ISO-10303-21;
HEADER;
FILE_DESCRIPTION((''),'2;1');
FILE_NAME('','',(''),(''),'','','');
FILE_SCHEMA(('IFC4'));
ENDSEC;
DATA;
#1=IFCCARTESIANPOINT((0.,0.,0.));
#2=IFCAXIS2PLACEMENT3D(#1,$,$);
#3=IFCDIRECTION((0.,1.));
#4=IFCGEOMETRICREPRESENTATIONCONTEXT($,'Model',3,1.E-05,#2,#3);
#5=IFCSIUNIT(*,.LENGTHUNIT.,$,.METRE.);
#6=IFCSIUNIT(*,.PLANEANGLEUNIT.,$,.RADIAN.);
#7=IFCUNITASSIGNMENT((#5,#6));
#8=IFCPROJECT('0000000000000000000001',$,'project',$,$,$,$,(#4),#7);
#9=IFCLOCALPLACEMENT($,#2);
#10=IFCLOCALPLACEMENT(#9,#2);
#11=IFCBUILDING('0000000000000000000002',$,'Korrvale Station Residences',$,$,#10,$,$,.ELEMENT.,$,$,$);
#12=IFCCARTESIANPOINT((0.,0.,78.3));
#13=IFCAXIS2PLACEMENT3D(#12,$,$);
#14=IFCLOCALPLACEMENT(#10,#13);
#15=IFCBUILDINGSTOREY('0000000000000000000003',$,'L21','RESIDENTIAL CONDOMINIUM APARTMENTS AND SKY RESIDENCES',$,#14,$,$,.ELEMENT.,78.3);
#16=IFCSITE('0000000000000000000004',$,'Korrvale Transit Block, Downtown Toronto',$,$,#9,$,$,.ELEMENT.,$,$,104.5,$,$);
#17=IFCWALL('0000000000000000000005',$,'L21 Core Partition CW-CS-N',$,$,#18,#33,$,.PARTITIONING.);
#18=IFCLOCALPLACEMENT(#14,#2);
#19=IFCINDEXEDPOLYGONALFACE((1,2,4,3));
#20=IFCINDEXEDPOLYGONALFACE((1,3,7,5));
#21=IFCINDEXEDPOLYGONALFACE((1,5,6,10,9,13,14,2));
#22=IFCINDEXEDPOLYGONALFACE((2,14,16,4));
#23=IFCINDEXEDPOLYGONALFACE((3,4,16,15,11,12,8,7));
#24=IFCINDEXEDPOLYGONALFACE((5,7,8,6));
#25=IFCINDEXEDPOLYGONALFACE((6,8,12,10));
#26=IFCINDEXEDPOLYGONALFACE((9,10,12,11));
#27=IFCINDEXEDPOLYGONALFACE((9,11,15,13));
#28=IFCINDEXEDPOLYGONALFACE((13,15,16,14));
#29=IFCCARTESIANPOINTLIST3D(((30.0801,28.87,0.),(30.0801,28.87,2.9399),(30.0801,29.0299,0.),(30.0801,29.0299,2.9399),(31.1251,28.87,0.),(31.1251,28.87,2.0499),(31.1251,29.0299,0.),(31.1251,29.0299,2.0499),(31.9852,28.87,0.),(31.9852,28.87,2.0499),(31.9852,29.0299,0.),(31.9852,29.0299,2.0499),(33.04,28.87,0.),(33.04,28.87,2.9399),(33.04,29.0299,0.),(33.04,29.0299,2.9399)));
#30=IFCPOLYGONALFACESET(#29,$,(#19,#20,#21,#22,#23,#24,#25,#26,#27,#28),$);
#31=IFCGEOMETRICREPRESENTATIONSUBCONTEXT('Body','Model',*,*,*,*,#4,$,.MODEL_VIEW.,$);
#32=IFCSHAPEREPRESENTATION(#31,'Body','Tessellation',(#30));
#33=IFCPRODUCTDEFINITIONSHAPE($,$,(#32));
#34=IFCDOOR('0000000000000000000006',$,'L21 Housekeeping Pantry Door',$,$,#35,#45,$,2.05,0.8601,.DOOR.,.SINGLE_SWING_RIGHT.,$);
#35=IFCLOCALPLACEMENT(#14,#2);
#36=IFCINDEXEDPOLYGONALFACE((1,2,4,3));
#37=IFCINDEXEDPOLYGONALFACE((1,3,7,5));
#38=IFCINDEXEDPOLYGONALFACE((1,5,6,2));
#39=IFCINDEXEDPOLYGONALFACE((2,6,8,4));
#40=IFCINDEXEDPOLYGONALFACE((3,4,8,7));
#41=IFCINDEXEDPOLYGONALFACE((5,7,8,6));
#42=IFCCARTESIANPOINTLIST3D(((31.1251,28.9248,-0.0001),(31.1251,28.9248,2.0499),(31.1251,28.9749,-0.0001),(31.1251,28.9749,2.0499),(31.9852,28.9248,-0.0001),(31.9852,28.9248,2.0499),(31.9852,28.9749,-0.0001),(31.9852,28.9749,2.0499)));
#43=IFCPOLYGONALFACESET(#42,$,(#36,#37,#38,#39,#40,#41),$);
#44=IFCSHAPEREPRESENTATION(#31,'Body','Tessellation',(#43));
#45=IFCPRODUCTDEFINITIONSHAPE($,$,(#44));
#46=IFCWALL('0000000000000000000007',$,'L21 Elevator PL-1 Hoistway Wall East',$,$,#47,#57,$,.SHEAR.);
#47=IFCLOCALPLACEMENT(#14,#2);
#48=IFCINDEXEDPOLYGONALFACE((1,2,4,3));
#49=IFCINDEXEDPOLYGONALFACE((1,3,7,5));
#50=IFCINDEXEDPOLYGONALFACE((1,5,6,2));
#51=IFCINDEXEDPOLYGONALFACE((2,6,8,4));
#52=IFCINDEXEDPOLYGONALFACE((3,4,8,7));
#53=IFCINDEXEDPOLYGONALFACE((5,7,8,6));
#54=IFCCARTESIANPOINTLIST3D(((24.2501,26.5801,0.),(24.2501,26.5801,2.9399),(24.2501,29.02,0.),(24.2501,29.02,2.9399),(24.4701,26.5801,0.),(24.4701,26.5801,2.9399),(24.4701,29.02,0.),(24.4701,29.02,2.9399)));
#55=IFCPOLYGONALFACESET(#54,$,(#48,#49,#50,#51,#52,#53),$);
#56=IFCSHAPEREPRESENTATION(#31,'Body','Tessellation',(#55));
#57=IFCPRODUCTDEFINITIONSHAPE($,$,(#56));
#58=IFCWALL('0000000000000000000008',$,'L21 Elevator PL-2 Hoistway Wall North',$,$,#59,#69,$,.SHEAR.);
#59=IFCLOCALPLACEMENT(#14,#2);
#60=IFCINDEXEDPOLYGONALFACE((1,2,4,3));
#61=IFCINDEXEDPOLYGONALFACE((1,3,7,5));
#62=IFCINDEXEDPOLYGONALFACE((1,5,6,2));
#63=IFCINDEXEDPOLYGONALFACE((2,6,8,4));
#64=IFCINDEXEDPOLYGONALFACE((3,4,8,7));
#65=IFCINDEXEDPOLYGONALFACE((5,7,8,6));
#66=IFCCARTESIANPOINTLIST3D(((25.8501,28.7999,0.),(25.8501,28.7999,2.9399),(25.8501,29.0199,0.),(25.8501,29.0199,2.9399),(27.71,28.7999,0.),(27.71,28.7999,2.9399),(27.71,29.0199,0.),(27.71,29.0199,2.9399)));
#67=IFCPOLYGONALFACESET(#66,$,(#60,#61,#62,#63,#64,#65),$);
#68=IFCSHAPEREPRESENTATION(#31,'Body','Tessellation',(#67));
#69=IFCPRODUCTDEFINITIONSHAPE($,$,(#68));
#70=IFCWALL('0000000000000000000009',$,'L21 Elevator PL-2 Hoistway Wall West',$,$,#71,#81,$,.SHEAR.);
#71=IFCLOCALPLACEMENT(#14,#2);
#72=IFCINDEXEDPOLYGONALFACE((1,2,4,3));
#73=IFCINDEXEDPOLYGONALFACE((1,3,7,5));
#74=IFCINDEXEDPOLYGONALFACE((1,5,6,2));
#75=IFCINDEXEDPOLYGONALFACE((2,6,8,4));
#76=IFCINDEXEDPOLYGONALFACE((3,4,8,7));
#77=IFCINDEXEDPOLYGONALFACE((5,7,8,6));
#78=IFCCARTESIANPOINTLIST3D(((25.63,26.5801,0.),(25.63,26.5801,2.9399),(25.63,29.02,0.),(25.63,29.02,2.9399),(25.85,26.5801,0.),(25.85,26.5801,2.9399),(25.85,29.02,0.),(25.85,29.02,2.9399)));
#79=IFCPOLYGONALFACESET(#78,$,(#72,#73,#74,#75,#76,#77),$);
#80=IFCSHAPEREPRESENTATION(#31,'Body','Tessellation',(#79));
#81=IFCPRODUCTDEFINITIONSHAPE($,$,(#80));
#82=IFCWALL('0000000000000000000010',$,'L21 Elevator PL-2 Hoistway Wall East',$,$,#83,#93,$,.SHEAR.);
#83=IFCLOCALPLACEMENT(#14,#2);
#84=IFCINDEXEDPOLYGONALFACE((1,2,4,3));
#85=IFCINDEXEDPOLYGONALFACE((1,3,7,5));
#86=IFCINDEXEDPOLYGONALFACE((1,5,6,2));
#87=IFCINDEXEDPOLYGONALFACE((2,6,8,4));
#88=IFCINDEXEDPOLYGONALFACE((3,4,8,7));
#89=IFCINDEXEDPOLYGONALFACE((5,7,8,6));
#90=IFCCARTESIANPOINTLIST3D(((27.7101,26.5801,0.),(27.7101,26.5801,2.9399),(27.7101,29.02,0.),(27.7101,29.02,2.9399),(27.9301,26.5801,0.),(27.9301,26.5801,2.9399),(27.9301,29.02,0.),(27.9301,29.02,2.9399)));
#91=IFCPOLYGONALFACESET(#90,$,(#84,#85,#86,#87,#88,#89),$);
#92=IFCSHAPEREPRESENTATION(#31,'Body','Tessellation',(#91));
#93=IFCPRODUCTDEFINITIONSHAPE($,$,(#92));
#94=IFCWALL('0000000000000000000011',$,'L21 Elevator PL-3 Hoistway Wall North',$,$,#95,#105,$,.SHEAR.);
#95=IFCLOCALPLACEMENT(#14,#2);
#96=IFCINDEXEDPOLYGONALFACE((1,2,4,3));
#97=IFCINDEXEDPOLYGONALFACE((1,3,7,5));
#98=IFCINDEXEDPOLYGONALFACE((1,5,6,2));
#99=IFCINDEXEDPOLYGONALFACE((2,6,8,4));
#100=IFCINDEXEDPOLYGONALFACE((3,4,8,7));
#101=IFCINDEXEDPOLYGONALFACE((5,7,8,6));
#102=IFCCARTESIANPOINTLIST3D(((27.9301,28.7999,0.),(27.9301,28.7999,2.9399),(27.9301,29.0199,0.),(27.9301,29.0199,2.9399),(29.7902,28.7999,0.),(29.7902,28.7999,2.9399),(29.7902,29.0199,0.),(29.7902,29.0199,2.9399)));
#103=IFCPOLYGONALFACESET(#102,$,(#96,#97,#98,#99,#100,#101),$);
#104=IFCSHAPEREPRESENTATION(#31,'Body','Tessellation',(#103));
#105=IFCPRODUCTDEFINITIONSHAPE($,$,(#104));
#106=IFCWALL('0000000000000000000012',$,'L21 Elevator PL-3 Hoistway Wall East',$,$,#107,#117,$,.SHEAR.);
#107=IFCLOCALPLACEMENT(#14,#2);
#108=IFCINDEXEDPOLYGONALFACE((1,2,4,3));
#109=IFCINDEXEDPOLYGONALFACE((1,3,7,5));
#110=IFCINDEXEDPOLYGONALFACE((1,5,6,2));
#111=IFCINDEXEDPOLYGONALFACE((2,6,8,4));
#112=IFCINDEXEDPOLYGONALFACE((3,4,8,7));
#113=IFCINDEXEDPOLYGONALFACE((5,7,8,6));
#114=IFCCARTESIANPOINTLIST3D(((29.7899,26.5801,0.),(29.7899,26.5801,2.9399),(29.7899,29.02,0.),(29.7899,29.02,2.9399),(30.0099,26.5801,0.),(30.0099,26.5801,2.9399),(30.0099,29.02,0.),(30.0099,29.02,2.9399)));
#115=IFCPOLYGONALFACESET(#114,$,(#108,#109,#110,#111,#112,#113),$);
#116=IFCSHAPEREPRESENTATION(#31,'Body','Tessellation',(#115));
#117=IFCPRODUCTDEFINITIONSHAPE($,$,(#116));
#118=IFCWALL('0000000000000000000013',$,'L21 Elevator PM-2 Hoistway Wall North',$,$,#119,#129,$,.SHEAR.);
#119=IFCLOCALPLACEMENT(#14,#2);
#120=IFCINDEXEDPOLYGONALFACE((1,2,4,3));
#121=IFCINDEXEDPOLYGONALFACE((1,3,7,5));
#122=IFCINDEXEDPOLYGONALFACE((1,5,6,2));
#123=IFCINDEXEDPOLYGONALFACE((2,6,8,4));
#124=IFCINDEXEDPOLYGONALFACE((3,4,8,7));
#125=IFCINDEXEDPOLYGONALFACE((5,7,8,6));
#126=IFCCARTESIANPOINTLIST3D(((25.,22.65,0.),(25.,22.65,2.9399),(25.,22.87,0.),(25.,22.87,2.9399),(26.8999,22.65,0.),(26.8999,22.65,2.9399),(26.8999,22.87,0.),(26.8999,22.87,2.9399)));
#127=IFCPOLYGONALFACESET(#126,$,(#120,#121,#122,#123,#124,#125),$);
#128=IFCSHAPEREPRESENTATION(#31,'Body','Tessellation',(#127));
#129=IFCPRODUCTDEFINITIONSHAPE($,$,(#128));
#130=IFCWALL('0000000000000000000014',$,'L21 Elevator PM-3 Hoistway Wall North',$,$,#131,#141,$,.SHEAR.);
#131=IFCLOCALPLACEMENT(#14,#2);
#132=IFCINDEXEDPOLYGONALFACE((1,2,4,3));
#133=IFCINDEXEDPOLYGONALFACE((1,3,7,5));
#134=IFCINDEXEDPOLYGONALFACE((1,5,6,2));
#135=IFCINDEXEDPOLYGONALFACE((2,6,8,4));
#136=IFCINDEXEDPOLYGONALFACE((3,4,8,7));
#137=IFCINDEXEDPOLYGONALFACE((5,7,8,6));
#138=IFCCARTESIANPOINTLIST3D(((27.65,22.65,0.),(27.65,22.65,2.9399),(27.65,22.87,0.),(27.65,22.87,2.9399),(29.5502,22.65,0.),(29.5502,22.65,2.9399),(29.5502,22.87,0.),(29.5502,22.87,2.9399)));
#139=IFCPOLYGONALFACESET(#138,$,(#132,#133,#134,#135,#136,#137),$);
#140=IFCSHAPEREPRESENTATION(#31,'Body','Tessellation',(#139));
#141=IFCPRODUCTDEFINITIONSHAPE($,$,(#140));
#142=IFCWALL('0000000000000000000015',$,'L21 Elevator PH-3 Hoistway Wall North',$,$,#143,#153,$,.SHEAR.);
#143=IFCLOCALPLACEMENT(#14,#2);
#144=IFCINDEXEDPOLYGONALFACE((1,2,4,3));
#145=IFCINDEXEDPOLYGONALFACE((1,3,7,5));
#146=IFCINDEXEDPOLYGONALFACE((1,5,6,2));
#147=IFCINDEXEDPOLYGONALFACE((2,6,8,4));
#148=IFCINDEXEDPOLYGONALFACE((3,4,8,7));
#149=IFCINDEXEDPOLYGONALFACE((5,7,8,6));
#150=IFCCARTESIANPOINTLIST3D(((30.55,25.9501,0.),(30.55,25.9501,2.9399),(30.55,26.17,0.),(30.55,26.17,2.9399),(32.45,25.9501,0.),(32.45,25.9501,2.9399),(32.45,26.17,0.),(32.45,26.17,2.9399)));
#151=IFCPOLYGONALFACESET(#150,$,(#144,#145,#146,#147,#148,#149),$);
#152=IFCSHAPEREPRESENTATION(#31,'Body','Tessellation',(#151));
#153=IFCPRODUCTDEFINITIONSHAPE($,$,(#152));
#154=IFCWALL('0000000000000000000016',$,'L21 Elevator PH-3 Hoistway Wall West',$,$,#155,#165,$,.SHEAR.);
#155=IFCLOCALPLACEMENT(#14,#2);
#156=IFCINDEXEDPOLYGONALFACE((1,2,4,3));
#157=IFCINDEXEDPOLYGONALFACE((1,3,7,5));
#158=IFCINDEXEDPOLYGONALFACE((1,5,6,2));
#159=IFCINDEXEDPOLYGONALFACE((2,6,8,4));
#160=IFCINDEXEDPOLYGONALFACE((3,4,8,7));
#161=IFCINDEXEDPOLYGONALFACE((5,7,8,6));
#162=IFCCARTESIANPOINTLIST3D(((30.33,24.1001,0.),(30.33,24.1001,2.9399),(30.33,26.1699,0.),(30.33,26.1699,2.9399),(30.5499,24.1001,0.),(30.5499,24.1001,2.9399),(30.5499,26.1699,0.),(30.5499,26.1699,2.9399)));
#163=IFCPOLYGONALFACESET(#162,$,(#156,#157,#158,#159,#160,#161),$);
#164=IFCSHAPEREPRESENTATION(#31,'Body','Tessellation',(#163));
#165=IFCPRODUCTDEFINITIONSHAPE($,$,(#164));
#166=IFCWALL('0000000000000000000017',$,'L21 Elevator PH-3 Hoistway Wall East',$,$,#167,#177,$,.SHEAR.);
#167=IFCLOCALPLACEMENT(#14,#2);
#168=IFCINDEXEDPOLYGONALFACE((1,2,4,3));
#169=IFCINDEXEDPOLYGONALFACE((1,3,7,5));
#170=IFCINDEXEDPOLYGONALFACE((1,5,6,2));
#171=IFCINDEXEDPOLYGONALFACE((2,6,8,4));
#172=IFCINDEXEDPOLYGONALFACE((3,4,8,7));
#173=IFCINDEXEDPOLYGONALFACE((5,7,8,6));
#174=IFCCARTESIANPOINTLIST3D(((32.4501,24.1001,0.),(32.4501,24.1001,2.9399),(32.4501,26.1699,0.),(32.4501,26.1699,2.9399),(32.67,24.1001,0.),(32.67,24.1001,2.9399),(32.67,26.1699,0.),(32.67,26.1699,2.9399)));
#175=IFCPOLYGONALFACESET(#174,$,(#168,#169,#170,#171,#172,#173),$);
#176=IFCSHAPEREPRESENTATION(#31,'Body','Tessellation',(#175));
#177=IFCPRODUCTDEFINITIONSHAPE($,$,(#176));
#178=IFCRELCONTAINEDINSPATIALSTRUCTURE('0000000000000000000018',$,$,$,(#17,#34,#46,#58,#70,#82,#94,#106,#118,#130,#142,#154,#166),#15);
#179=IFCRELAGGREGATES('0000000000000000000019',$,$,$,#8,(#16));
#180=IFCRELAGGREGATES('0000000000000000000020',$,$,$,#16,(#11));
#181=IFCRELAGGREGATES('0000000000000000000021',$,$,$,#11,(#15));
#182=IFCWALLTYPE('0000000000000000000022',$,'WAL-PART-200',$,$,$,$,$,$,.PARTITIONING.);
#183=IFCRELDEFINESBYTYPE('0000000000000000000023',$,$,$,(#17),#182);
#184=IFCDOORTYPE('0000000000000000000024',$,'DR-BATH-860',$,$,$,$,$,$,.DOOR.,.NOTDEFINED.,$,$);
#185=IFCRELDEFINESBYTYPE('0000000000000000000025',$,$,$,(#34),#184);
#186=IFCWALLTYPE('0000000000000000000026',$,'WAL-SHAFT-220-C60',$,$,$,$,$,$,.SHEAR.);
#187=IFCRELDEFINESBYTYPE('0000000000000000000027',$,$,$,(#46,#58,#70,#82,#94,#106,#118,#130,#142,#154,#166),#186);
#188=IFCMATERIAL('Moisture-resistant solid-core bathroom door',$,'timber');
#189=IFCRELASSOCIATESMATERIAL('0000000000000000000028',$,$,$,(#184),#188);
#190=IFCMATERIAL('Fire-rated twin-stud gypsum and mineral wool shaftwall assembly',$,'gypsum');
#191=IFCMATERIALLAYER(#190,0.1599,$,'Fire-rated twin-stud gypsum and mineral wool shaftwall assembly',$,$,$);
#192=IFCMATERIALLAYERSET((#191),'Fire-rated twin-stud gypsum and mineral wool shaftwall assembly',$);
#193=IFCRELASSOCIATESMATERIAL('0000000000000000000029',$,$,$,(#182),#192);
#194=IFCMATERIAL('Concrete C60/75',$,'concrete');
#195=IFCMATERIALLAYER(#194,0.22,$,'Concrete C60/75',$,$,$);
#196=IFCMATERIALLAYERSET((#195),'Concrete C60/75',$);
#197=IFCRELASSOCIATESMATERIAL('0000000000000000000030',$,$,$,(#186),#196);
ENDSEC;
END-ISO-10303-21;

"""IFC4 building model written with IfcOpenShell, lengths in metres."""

from ifc_helpers import new_model, si_unit, direction, frame, frame_2d, origin, place, context, subcontext, project, spatial, rectangle, extrude, material, layer, layer_set, type_object, element, fill, save


model = new_model("IFC4")

# Units and contexts
model_context = context("Model", 3, precision=1e-05, world=origin(), true_north=direction((0.0, 1.0)))
body_context = subcontext(model_context, "Body", "Model", "MODEL_VIEW")
ifc_project = project(units=[si_unit("LENGTHUNIT", "METRE"), si_unit("PLANEANGLEUNIT", "RADIAN")], contexts=[model_context])

# Site, building, storey
site_placement = place(None, origin())
site = spatial("IfcSite", under=ifc_project, at=site_placement, Name="Korrvale Transit Block, Downtown Toronto", CompositionType="ELEMENT", RefElevation=104.5)
building_placement = place(site_placement, origin())
building = spatial("IfcBuilding", under=site, at=building_placement, Name="Korrvale Station Residences", CompositionType="ELEMENT")
storey_placement = place(building_placement, frame((0.0, 0.0, 78.3)))
storey = spatial("IfcBuildingStorey", under=building, at=storey_placement, Name="L21", Description="RESIDENTIAL CONDOMINIUM APARTMENTS AND SKY RESIDENCES", CompositionType="ELEMENT", Elevation=78.3)

# Shared definitions
ifc_material_1 = material(Name="Concrete C60/75", Category="concrete")

# Wall, opening, door
ifc_material_2 = material(Name="Moisture-resistant solid-core bathroom door", Category="timber")
door_type_1 = type_object("IfcDoorType", Name="DR-BATH-860", OperationType="NOTDEFINED", PredefinedType="DOOR", material=ifc_material_2)
ifc_material_3 = material(Name="Fire-rated twin-stud gypsum and mineral wool shaftwall assembly", Category="gypsum")
ifc_layer_1 = layer(ifc_material_3, 0.1599, Name="Fire-rated twin-stud gypsum and mineral wool shaftwall assembly")
ifc_layer_set_1 = layer_set([ifc_layer_1], Name="Fire-rated twin-stud gypsum and mineral wool shaftwall assembly")
wall_type_1 = type_object("IfcWallType", Name="WAL-PART-200", PredefinedType="PARTITIONING", material=ifc_layer_set_1)
wall_1_placement = place(storey_placement, frame((30.0801, 28.95, 0.0), z_axis=(0.0, 0.0, 1.0), x_axis=(1.0, 0.0, 0.0)))
wall_1 = element("IfcWall", 1, at=wall_1_placement, inside=storey, type_object=wall_type_1, Name="L21 Core Partition CW-CS-N", PredefinedType="PARTITIONING", context=body_context, shape_type="SweptSolid", body=[
    extrude(rectangle(XDim=2.96, YDim=0.1599, at=frame_2d((1.48, 0.0))), origin(), (0.0, 0.0, 1.0), 2.9399),
])
opening_1_placement = place(wall_1_placement, frame((1.0449, 0.0, 0.0)))
opening_1 = element("IfcOpeningElement", 2, at=opening_1_placement, cuts=wall_1, PredefinedType="OPENING", context=body_context, shape_type="SweptSolid", body=[
    extrude(rectangle(XDim=0.8601, YDim=2.05, at=frame_2d((0.4302, 1.0249))), frame((0.0, 0.0898, 0.0), z_axis=(0.0, -1.0, 0.0), x_axis=(1.0, 0.0, 0.0)), (0.0, 0.0, 1.0), 0.1799),
])
door_1_placement = place(opening_1_placement, origin())
door_1 = element("IfcDoor", 3, at=door_1_placement, inside=storey, type_object=door_type_1, Name="L21 Housekeeping Pantry Door", OperationType="SINGLE_SWING_RIGHT", OverallHeight=2.05, OverallWidth=0.8601, PredefinedType="DOOR", context=body_context, shape_type="SweptSolid", body=[
    extrude(rectangle(XDim=0.8601, YDim=2.05, at=frame_2d((0.4302, 1.0249))), frame((0.0, 0.0249, 0.0), z_axis=(0.0, -1.0, 0.0), x_axis=(1.0, 0.0, 0.0)), (0.0, 0.0, 1.0), 0.05),
])
fill(opening_1, door_1)

# Wall
ifc_layer_2 = layer(ifc_material_1, 0.22, Name="Concrete C60/75")
ifc_layer_set_2 = layer_set([ifc_layer_2], Name="Concrete C60/75")
wall_type_2 = type_object("IfcWallType", Name="WAL-SHAFT-220-C60", PredefinedType="SHEAR", material=ifc_layer_set_2)
wall_2_placement = place(storey_placement, frame((24.3601, 26.5801, 0.0), z_axis=(0.0, 0.0, 1.0), x_axis=(0.0, 1.0, 0.0)))
element("IfcWall", 4, at=wall_2_placement, inside=storey, type_object=wall_type_2, Name="L21 Elevator PL-1 Hoistway Wall East", PredefinedType="SHEAR", context=body_context, shape_type="SweptSolid", body=[
    extrude(rectangle(XDim=2.4399, YDim=0.22, at=frame_2d((1.22, 0.0))), origin(), (0.0, 0.0, 1.0), 2.9399),
])

# Walls
wall_3_placement = place(storey_placement, frame((25.8501, 28.9099, 0.0), z_axis=(0.0, 0.0, 1.0), x_axis=(1.0, 0.0, 0.0)))
element("IfcWall", 5, at=wall_3_placement, inside=storey, type_object=wall_type_2, Name="L21 Elevator PL-2 Hoistway Wall North", PredefinedType="SHEAR", context=body_context, shape_type="SweptSolid", body=[
    extrude(rectangle(XDim=1.8599, YDim=0.22, at=frame_2d((0.9299, 0.0))), origin(), (0.0, 0.0, 1.0), 2.9399),
])
for number, where, z_axis, x_axis, name in (
    (6, (25.74, 26.5801, 0.0), (0.0, 0.0, 1.0), (0.0, 1.0, 0.0), "L21 Elevator PL-2 Hoistway Wall West"),
    (7, (27.8201, 26.5801, 0.0), (0.0, 0.0, 1.0), (0.0, 1.0, 0.0), "L21 Elevator PL-2 Hoistway Wall East"),
):
    element("IfcWall", number, at=place(storey_placement, frame(where, z_axis=z_axis, x_axis=x_axis)), inside=storey, type_object=wall_type_2, Name=name, PredefinedType="SHEAR", context=body_context, shape_type="SweptSolid", body=[
        extrude(rectangle(XDim=2.4399, YDim=0.22, at=frame_2d((1.22, 0.0))), origin(), (0.0, 0.0, 1.0), 2.9399),
    ])

# Walls
wall_4_placement = place(storey_placement, frame((27.9299, 28.9099, 0.0), z_axis=(0.0, 0.0, 1.0), x_axis=(1.0, 0.0, 0.0)))
element("IfcWall", 8, at=wall_4_placement, inside=storey, type_object=wall_type_2, Name="L21 Elevator PL-3 Hoistway Wall North", PredefinedType="SHEAR", context=body_context, shape_type="SweptSolid", body=[
    extrude(rectangle(XDim=1.8601, YDim=0.22, at=frame_2d((0.9302, 0.0))), origin(), (0.0, 0.0, 1.0), 2.9399),
])
wall_5_placement = place(storey_placement, frame((29.8999, 26.5801, 0.0), z_axis=(0.0, 0.0, 1.0), x_axis=(0.0, 1.0, 0.0)))
element("IfcWall", 9, at=wall_5_placement, inside=storey, type_object=wall_type_2, Name="L21 Elevator PL-3 Hoistway Wall East", PredefinedType="SHEAR", context=body_context, shape_type="SweptSolid", body=[
    extrude(rectangle(XDim=2.4399, YDim=0.22, at=frame_2d((1.22, 0.0))), origin(), (0.0, 0.0, 1.0), 2.9399),
])
wall_6_placement = place(storey_placement, frame((25.0, 22.76, 0.0), z_axis=(0.0, 0.0, 1.0), x_axis=(1.0, 0.0, 0.0)))
element("IfcWall", 10, at=wall_6_placement, inside=storey, type_object=wall_type_2, Name="L21 Elevator PM-2 Hoistway Wall North", PredefinedType="SHEAR", context=body_context, shape_type="SweptSolid", body=[
    extrude(rectangle(XDim=1.8999, YDim=0.22, at=frame_2d((0.95, 0.0))), origin(), (0.0, 0.0, 1.0), 2.9399),
])
wall_7_placement = place(storey_placement, frame((27.6499, 22.76, 0.0), z_axis=(0.0, 0.0, 1.0), x_axis=(1.0, 0.0, 0.0)))
element("IfcWall", 11, at=wall_7_placement, inside=storey, type_object=wall_type_2, Name="L21 Elevator PM-3 Hoistway Wall North", PredefinedType="SHEAR", context=body_context, shape_type="SweptSolid", body=[
    extrude(rectangle(XDim=1.9001, YDim=0.22, at=frame_2d((0.9502, 0.0))), origin(), (0.0, 0.0, 1.0), 2.9399),
])
wall_8_placement = place(storey_placement, frame((30.55, 26.0601, 0.0), z_axis=(0.0, 0.0, 1.0), x_axis=(1.0, 0.0, 0.0)))
element("IfcWall", 12, at=wall_8_placement, inside=storey, type_object=wall_type_2, Name="L21 Elevator PH-3 Hoistway Wall North", PredefinedType="SHEAR", context=body_context, shape_type="SweptSolid", body=[
    extrude(rectangle(XDim=1.8999, YDim=0.22, at=frame_2d((0.95, 0.0))), origin(), (0.0, 0.0, 1.0), 2.9399),
])
for number, where, z_axis, x_axis, name in (
    (13, (30.4399, 24.1001, 0.0), (0.0, 0.0, 1.0), (0.0, 1.0, 0.0), "L21 Elevator PH-3 Hoistway Wall West"),
    (14, (32.5601, 24.1001, 0.0), (0.0, 0.0, 1.0), (0.0, 1.0, 0.0), "L21 Elevator PH-3 Hoistway Wall East"),
):
    element("IfcWall", number, at=place(storey_placement, frame(where, z_axis=z_axis, x_axis=x_axis)), inside=storey, type_object=wall_type_2, Name=name, PredefinedType="SHEAR", context=body_context, shape_type="SweptSolid", body=[
        extrude(rectangle(XDim=2.0698, YDim=0.22, at=frame_2d((1.0349, 0.0))), origin(), (0.0, 0.0, 1.0), 2.9399),
    ])

save(model, "model.ifc")
